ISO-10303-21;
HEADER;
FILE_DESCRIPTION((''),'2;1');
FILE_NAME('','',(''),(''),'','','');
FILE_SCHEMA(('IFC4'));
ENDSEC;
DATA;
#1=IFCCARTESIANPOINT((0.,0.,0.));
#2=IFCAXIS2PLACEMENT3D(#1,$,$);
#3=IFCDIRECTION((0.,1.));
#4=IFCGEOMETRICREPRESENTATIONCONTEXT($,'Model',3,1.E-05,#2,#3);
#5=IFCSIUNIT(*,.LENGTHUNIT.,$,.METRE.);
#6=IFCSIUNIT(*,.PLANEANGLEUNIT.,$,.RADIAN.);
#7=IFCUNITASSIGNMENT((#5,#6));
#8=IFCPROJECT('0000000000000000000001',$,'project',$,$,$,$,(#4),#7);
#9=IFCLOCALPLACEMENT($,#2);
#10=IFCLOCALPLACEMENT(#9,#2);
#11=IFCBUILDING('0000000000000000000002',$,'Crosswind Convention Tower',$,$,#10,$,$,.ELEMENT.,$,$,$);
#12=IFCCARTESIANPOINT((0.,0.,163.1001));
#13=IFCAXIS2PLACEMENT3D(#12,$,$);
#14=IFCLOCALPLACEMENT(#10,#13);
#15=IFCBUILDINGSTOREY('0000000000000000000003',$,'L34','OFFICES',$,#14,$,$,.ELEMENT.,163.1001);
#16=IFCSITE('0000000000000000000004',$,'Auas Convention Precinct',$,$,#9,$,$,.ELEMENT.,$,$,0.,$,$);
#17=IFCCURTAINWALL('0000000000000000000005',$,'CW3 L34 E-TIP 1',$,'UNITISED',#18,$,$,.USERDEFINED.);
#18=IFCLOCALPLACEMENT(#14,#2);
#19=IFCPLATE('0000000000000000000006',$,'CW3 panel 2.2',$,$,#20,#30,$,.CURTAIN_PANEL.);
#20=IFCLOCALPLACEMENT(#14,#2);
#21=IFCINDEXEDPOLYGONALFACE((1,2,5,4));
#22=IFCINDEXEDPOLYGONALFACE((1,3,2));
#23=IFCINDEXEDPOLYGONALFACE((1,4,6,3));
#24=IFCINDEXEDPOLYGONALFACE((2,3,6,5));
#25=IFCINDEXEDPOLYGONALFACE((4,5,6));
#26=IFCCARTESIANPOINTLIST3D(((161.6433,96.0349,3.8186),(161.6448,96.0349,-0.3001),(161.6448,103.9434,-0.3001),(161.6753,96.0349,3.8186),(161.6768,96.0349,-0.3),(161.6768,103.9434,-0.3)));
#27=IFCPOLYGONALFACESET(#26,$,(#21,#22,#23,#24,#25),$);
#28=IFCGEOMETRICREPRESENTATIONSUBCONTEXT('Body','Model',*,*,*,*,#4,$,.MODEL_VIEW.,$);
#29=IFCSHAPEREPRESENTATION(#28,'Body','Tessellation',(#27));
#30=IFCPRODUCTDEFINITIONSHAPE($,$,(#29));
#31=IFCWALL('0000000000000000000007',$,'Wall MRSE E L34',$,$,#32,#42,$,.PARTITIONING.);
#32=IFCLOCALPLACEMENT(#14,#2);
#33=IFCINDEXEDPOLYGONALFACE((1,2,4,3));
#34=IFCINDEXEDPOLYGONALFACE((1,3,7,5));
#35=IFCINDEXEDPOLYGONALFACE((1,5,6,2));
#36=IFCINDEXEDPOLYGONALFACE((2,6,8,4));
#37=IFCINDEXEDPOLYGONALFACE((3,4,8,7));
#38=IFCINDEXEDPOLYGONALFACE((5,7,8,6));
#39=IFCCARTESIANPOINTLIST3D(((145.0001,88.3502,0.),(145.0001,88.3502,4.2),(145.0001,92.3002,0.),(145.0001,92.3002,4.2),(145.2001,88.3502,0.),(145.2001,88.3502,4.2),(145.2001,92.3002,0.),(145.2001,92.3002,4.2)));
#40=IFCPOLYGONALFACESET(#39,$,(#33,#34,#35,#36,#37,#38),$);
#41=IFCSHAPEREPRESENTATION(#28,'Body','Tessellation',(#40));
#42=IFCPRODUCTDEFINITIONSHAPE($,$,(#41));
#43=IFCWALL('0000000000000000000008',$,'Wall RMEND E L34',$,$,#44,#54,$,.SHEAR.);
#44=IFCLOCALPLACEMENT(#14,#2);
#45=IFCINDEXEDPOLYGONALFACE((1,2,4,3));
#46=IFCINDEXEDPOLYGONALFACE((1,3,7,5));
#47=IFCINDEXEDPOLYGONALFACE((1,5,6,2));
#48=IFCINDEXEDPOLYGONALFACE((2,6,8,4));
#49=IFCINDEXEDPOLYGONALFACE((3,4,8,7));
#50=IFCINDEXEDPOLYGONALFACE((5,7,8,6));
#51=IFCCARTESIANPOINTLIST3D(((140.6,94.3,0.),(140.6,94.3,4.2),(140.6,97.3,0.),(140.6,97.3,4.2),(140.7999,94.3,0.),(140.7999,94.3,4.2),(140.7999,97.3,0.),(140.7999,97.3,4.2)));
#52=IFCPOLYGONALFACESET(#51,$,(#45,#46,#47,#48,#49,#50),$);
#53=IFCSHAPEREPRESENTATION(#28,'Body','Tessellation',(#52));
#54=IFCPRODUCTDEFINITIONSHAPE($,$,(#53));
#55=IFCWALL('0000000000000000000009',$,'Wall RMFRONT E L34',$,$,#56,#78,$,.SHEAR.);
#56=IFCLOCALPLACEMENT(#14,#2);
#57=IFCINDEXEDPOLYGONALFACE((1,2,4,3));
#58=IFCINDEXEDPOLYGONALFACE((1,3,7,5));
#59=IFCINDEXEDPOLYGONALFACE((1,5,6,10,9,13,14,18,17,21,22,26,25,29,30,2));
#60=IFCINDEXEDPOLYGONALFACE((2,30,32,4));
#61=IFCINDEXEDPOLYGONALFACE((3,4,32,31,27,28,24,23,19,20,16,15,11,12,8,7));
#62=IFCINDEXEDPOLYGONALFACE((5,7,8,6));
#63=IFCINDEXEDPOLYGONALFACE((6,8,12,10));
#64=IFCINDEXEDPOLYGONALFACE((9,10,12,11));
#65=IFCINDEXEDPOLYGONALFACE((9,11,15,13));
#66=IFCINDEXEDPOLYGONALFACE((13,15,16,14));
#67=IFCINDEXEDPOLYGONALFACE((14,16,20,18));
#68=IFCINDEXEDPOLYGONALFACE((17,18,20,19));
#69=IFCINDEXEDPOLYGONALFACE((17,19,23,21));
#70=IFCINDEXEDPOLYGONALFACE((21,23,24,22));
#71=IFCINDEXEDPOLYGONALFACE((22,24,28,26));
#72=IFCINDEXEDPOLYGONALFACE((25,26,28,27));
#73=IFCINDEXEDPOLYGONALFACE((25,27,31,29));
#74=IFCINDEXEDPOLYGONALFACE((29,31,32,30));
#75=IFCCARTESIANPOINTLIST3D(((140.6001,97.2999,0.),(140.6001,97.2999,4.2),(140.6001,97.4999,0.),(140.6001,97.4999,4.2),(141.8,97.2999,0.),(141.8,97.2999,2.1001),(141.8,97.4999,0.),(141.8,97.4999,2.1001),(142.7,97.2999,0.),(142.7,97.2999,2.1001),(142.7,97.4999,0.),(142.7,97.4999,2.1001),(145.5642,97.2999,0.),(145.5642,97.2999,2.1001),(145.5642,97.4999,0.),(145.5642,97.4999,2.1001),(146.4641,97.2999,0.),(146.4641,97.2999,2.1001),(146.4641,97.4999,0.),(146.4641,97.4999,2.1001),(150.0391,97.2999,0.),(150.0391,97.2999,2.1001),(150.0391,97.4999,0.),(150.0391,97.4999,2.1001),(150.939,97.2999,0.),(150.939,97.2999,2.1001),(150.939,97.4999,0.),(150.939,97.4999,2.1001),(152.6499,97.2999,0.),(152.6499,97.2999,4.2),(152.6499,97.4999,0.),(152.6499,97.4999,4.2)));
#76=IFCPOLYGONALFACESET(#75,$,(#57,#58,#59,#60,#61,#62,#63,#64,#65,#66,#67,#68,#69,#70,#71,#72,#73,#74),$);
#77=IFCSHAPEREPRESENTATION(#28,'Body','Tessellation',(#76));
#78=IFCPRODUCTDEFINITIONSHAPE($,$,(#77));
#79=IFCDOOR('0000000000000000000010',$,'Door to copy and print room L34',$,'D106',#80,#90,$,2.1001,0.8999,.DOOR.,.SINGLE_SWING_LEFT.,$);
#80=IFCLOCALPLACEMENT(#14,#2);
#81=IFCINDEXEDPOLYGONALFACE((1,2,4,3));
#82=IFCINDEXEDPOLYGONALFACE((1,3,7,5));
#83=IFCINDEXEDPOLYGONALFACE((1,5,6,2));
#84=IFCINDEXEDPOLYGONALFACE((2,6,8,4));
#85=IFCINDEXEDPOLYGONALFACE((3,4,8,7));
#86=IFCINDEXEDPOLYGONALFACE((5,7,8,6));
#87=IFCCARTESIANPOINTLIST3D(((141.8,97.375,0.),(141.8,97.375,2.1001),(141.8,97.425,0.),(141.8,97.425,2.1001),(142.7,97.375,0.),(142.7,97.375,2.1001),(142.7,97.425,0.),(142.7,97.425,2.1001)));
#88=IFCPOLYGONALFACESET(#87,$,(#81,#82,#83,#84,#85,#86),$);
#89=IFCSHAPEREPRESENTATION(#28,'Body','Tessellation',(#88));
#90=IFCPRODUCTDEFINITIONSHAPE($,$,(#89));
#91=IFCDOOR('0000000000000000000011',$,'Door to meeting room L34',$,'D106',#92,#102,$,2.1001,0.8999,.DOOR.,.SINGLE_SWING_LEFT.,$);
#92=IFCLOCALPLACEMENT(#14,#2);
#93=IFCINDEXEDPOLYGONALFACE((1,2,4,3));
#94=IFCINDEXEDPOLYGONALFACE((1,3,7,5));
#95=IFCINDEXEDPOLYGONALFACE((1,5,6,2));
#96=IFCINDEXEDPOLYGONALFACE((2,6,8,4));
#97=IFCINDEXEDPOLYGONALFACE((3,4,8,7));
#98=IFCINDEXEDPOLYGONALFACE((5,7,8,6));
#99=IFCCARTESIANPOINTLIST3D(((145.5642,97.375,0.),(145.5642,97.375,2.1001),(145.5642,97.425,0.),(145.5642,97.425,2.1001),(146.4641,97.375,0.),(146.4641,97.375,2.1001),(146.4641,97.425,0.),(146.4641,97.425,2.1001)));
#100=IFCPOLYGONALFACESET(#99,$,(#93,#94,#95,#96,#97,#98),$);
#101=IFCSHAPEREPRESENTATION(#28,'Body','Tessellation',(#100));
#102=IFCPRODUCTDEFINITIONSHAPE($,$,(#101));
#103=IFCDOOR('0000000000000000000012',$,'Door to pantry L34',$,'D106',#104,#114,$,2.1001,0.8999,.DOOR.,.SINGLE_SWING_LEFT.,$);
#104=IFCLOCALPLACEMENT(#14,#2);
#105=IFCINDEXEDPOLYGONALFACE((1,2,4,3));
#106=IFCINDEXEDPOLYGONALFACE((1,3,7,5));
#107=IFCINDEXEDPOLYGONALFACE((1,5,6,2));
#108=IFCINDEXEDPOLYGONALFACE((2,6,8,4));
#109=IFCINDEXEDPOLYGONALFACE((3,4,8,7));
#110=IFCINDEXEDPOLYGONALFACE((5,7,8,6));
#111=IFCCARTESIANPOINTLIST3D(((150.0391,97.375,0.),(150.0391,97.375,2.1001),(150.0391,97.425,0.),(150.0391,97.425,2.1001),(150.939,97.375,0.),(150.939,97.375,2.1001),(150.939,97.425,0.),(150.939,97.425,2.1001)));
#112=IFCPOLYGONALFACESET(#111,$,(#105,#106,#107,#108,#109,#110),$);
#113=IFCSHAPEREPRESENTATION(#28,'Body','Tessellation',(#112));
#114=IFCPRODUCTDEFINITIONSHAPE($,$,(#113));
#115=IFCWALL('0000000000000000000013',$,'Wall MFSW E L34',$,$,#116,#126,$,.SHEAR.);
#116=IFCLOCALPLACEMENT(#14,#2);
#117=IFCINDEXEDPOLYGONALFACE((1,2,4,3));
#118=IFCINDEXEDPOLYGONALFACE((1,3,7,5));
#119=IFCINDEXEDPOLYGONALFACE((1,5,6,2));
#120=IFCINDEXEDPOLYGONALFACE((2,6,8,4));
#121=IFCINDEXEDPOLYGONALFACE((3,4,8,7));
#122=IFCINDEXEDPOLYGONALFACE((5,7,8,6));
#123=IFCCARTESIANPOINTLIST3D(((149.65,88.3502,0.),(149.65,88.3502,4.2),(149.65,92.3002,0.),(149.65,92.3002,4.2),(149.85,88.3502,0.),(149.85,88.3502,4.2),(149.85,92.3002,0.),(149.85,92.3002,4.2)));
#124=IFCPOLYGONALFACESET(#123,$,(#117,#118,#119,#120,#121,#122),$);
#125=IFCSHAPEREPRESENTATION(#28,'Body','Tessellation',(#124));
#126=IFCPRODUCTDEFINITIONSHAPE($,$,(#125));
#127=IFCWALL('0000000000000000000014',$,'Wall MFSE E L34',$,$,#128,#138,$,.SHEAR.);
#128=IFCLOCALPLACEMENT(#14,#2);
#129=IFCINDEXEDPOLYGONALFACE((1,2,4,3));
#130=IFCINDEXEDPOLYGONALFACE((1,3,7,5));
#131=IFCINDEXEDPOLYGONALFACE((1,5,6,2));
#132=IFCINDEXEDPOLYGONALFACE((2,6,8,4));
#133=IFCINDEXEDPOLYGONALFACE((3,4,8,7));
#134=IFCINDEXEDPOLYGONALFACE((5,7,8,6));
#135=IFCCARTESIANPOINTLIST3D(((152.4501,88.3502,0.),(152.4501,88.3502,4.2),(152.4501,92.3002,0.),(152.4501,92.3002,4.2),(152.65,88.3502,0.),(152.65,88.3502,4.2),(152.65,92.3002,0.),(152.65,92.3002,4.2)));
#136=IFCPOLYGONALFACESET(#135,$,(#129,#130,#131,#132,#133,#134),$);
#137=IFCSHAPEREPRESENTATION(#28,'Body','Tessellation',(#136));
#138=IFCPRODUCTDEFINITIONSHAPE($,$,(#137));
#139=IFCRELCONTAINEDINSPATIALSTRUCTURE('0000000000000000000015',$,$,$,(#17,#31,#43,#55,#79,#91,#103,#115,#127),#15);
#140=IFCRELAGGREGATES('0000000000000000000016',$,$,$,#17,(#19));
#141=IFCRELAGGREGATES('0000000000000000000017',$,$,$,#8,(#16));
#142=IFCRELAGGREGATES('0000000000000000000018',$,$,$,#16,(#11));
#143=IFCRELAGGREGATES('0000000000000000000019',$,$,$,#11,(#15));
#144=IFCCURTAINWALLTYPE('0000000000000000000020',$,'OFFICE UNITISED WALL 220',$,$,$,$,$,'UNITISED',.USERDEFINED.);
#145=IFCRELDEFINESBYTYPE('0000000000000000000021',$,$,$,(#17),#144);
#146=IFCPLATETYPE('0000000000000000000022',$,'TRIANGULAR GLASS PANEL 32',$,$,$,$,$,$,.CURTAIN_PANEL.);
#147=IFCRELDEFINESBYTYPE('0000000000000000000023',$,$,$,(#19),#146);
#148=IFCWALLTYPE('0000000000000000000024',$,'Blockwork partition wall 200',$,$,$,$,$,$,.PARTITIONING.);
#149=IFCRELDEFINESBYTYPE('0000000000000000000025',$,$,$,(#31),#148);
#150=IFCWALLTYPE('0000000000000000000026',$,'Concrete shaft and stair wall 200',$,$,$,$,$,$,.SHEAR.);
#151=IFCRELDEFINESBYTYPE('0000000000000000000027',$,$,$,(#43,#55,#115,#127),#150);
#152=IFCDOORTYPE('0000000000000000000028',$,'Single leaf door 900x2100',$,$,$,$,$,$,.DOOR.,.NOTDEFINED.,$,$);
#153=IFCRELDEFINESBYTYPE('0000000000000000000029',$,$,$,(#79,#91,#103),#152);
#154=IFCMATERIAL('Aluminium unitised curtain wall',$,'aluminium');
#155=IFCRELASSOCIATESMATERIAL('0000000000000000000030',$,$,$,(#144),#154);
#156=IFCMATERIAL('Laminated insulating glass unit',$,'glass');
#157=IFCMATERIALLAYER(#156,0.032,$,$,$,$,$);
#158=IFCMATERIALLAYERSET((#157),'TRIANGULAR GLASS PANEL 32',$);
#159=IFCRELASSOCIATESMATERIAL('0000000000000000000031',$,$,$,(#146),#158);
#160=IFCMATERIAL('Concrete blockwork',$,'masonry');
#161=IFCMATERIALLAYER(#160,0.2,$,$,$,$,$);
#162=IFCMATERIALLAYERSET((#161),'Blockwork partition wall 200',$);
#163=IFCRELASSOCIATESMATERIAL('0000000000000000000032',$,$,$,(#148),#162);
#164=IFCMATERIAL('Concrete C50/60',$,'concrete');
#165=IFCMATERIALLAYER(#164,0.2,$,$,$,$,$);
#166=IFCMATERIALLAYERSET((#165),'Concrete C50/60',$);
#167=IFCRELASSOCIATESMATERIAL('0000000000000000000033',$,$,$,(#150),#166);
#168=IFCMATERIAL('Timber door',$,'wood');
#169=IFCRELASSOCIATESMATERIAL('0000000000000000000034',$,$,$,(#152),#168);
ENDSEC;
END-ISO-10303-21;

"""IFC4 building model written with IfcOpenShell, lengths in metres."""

from ifc_helpers import new_model, si_unit, direction, frame, frame_2d, origin, place, context, subcontext, project, spatial, polyline, rectangle, outline, extrude, material, layer, layer_set, type_object, element, fill, aggregate, save


model = new_model("IFC4")

# Units and contexts
model_context = context("Model", 3, precision=1e-05, world=origin(), true_north=direction((0.0, 1.0)))
body_context = subcontext(model_context, "Body", "Model", "MODEL_VIEW")
ifc_project = project(units=[si_unit("LENGTHUNIT", "METRE"), si_unit("PLANEANGLEUNIT", "RADIAN")], contexts=[model_context])

# Site, building, storey
site_placement = place(None, origin())
site = spatial("IfcSite", under=ifc_project, at=site_placement, Name="Auas Convention Precinct", CompositionType="ELEMENT", RefElevation=0.0)
building_placement = place(site_placement, origin())
building = spatial("IfcBuilding", under=site, at=building_placement, Name="Crosswind Convention Tower", CompositionType="ELEMENT")
storey_placement = place(building_placement, frame((0.0, 0.0, 163.1001)))
storey = spatial("IfcBuildingStorey", under=building, at=storey_placement, Name="L34", Description="OFFICES", CompositionType="ELEMENT", Elevation=163.1001)

# Curtain wall
ifc_material_1 = material(Name="Aluminium unitised curtain wall", Category="aluminium")
curtain_wall_type = type_object("IfcCurtainWallType", Name="OFFICE UNITISED WALL 220", ElementType="UNITISED", PredefinedType="USERDEFINED", material=ifc_material_1)
curtain_wall_placement = place(storey_placement, origin())
curtain_wall = element("IfcCurtainWall", 1, at=curtain_wall_placement, inside=storey, type_object=curtain_wall_type, Name="CW3 L34 E-TIP 1", ObjectType="UNITISED", PredefinedType="USERDEFINED")

# Plate
ifc_material_2 = material(Name="Laminated insulating glass unit", Category="glass")
ifc_layer_1 = layer(ifc_material_2, 0.032)
ifc_layer_set_1 = layer_set([ifc_layer_1], Name="TRIANGULAR GLASS PANEL 32")
plate_type = type_object("IfcPlateType", Name="TRIANGULAR GLASS PANEL 32", PredefinedType="CURTAIN_PANEL", material=ifc_layer_set_1)
plate_1_placement = place(storey_placement, frame((161.6768, 96.0349, -0.3), z_axis=(1.0, 0.0, 0.000356), x_axis=(0.0, 1.0, 0.0)))
plate_1 = element("IfcPlate", 2, at=plate_1_placement, type_object=plate_type, Name="CW3 panel 2.2", PredefinedType="CURTAIN_PANEL", context=body_context, shape_type="SweptSolid", body=[
    extrude(outline(polyline([(0.0, 0.0), (7.9084, 0.0), (0.0, 4.1187), (0.0, 0.0)])), origin(), (0.0, 0.0, -1.0), 0.032),
])
aggregate(curtain_wall, [plate_1])

# Wall
ifc_material_3 = material(Name="Concrete blockwork", Category="masonry")
ifc_layer_2 = layer(ifc_material_3, 0.2)
ifc_layer_set_2 = layer_set([ifc_layer_2], Name="Blockwork partition wall 200")
wall_type_1 = type_object("IfcWallType", Name="Blockwork partition wall 200", PredefinedType="PARTITIONING", material=ifc_layer_set_2)
wall_1_placement = place(storey_placement, frame((145.1001, 88.3501, 0.0), z_axis=(0.0, 0.0, 1.0), x_axis=(0.0, 1.0, 0.0)))
element("IfcWall", 3, at=wall_1_placement, inside=storey, type_object=wall_type_1, Name="Wall MRSE E L34", PredefinedType="PARTITIONING", context=body_context, shape_type="SweptSolid", body=[
    extrude(rectangle(XDim=3.95, YDim=0.2, at=frame_2d((1.9751, 0.0))), origin(), (0.0, 0.0, 1.0), 4.2),
])

# Wall
ifc_material_4 = material(Name="Concrete C50/60", Category="concrete")
ifc_layer_3 = layer(ifc_material_4, 0.2)
ifc_layer_set_3 = layer_set([ifc_layer_3], Name="Concrete C50/60")
wall_type_2 = type_object("IfcWallType", Name="Concrete shaft and stair wall 200", PredefinedType="SHEAR", material=ifc_layer_set_3)
wall_2_placement = place(storey_placement, frame((140.7, 94.3, 0.0), z_axis=(0.0, 0.0, 1.0), x_axis=(0.0, 1.0, 0.0)))
element("IfcWall", 4, at=wall_2_placement, inside=storey, type_object=wall_type_2, Name="Wall RMEND E L34", PredefinedType="SHEAR", context=body_context, shape_type="SweptSolid", body=[
    extrude(rectangle(XDim=3.0, YDim=0.2, at=frame_2d((1.5, 0.0))), origin(), (0.0, 0.0, 1.0), 4.2),
])

# Wall, openings, doors
wall_3_placement = place(storey_placement, frame((140.6001, 97.3999, 0.0), z_axis=(0.0, 0.0, 1.0), x_axis=(1.0, 0.0, 0.0)))
wall_3 = element("IfcWall", 5, at=wall_3_placement, inside=storey, type_object=wall_type_2, Name="Wall RMFRONT E L34", PredefinedType="SHEAR", context=body_context, shape_type="SweptSolid", body=[
    extrude(rectangle(XDim=12.0498, YDim=0.2, at=frame_2d((6.0249, 0.0))), origin(), (0.0, 0.0, 1.0), 4.2),
])
opening_1_placement = place(wall_3_placement, frame((1.2, 0.0, 0.0)))
opening_1 = element("IfcOpeningElement", 6, at=opening_1_placement, cuts=wall_3, PredefinedType="OPENING", context=body_context, shape_type="SweptSolid", body=[
    extrude(rectangle(XDim=0.8999, YDim=2.1001, at=frame_2d((0.45, 1.05))), frame((0.0, 0.1099, 0.0), z_axis=(0.0, -1.0, 0.0), x_axis=(1.0, 0.0, 0.0)), (0.0, 0.0, 1.0), 0.22),
])
opening_2_placement = place(wall_3_placement, frame((4.9641, 0.0, 0.0)))
opening_2 = element("IfcOpeningElement", 7, at=opening_2_placement, cuts=wall_3, PredefinedType="OPENING", context=body_context, shape_type="SweptSolid", body=[
    extrude(rectangle(XDim=0.8999, YDim=2.1001, at=frame_2d((0.45, 1.05))), frame((0.0, 0.1099, 0.0), z_axis=(0.0, -1.0, 0.0), x_axis=(1.0, 0.0, 0.0)), (0.0, 0.0, 1.0), 0.22),
])
opening_3_placement = place(wall_3_placement, frame((9.439, 0.0, 0.0)))
opening_3 = element("IfcOpeningElement", 8, at=opening_3_placement, cuts=wall_3, PredefinedType="OPENING", context=body_context, shape_type="SweptSolid", body=[
    extrude(rectangle(XDim=0.8999, YDim=2.1001, at=frame_2d((0.45, 1.05))), frame((0.0, 0.1099, 0.0), z_axis=(0.0, -1.0, 0.0), x_axis=(1.0, 0.0, 0.0)), (0.0, 0.0, 1.0), 0.22),
])
ifc_material_5 = material(Name="Timber door", Category="wood")
door_type_1 = type_object("IfcDoorType", Name="Single leaf door 900x2100", OperationType="NOTDEFINED", PredefinedType="DOOR", material=ifc_material_5)
door_1_placement = place(opening_1_placement, frame((0.8999, 0.0, 0.0), z_axis=(0.0, 0.0, 1.0), x_axis=(-1.0, 0.0, 0.0)))
door_1 = element("IfcDoor", 9, at=door_1_placement, inside=storey, type_object=door_type_1, Name="Door to copy and print room L34", ObjectType="D106", OperationType="SINGLE_SWING_LEFT", OverallHeight=2.1001, OverallWidth=0.8999, PredefinedType="DOOR", context=body_context, shape_type="SweptSolid", body=[
    extrude(rectangle(XDim=0.8999, YDim=2.1001, at=frame_2d((0.45, 1.05))), frame((0.0, 0.0249, 0.0), z_axis=(0.0, -1.0, 0.0), x_axis=(1.0, 0.0, 0.0)), (0.0, 0.0, 1.0), 0.05),
])
fill(opening_1, door_1)
door_2_placement = place(opening_2_placement, frame((0.8999, 0.0, 0.0), z_axis=(0.0, 0.0, 1.0), x_axis=(-1.0, 0.0, 0.0)))
door_2 = element("IfcDoor", 10, at=door_2_placement, inside=storey, type_object=door_type_1, Name="Door to meeting room L34", ObjectType="D106", OperationType="SINGLE_SWING_LEFT", OverallHeight=2.1001, OverallWidth=0.8999, PredefinedType="DOOR", context=body_context, shape_type="SweptSolid", body=[
    extrude(rectangle(XDim=0.8999, YDim=2.1001, at=frame_2d((0.45, 1.05))), frame((0.0, 0.0249, 0.0), z_axis=(0.0, -1.0, 0.0), x_axis=(1.0, 0.0, 0.0)), (0.0, 0.0, 1.0), 0.05),
])
fill(opening_2, door_2)
door_3_placement = place(opening_3_placement, frame((0.8999, 0.0, 0.0), z_axis=(0.0, 0.0, 1.0), x_axis=(-1.0, 0.0, 0.0)))
door_3 = element("IfcDoor", 11, at=door_3_placement, inside=storey, type_object=door_type_1, Name="Door to pantry L34", ObjectType="D106", OperationType="SINGLE_SWING_LEFT", OverallHeight=2.1001, OverallWidth=0.8999, PredefinedType="DOOR", context=body_context, shape_type="SweptSolid", body=[
    extrude(rectangle(XDim=0.8999, YDim=2.1001, at=frame_2d((0.45, 1.05))), frame((0.0, 0.0249, 0.0), z_axis=(0.0, -1.0, 0.0), x_axis=(1.0, 0.0, 0.0)), (0.0, 0.0, 1.0), 0.05),
])
fill(opening_3, door_3)

# Walls
for number, where, z_axis, x_axis, name in (
    (12, (149.75, 88.3501, 0.0), (0.0, 0.0, 1.0), (0.0, 1.0, 0.0), "Wall MFSW E L34"),
    (13, (152.55, 88.3501, 0.0), (0.0, 0.0, 1.0), (0.0, 1.0, 0.0), "Wall MFSE E L34"),
):
    element("IfcWall", number, at=place(storey_placement, frame(where, z_axis=z_axis, x_axis=x_axis)), inside=storey, type_object=wall_type_2, Name=name, PredefinedType="SHEAR", context=body_context, shape_type="SweptSolid", body=[
        extrude(rectangle(XDim=3.95, YDim=0.2, at=frame_2d((1.9751, 0.0))), origin(), (0.0, 0.0, 1.0), 4.2),
    ])

save(model, "model.ifc")
